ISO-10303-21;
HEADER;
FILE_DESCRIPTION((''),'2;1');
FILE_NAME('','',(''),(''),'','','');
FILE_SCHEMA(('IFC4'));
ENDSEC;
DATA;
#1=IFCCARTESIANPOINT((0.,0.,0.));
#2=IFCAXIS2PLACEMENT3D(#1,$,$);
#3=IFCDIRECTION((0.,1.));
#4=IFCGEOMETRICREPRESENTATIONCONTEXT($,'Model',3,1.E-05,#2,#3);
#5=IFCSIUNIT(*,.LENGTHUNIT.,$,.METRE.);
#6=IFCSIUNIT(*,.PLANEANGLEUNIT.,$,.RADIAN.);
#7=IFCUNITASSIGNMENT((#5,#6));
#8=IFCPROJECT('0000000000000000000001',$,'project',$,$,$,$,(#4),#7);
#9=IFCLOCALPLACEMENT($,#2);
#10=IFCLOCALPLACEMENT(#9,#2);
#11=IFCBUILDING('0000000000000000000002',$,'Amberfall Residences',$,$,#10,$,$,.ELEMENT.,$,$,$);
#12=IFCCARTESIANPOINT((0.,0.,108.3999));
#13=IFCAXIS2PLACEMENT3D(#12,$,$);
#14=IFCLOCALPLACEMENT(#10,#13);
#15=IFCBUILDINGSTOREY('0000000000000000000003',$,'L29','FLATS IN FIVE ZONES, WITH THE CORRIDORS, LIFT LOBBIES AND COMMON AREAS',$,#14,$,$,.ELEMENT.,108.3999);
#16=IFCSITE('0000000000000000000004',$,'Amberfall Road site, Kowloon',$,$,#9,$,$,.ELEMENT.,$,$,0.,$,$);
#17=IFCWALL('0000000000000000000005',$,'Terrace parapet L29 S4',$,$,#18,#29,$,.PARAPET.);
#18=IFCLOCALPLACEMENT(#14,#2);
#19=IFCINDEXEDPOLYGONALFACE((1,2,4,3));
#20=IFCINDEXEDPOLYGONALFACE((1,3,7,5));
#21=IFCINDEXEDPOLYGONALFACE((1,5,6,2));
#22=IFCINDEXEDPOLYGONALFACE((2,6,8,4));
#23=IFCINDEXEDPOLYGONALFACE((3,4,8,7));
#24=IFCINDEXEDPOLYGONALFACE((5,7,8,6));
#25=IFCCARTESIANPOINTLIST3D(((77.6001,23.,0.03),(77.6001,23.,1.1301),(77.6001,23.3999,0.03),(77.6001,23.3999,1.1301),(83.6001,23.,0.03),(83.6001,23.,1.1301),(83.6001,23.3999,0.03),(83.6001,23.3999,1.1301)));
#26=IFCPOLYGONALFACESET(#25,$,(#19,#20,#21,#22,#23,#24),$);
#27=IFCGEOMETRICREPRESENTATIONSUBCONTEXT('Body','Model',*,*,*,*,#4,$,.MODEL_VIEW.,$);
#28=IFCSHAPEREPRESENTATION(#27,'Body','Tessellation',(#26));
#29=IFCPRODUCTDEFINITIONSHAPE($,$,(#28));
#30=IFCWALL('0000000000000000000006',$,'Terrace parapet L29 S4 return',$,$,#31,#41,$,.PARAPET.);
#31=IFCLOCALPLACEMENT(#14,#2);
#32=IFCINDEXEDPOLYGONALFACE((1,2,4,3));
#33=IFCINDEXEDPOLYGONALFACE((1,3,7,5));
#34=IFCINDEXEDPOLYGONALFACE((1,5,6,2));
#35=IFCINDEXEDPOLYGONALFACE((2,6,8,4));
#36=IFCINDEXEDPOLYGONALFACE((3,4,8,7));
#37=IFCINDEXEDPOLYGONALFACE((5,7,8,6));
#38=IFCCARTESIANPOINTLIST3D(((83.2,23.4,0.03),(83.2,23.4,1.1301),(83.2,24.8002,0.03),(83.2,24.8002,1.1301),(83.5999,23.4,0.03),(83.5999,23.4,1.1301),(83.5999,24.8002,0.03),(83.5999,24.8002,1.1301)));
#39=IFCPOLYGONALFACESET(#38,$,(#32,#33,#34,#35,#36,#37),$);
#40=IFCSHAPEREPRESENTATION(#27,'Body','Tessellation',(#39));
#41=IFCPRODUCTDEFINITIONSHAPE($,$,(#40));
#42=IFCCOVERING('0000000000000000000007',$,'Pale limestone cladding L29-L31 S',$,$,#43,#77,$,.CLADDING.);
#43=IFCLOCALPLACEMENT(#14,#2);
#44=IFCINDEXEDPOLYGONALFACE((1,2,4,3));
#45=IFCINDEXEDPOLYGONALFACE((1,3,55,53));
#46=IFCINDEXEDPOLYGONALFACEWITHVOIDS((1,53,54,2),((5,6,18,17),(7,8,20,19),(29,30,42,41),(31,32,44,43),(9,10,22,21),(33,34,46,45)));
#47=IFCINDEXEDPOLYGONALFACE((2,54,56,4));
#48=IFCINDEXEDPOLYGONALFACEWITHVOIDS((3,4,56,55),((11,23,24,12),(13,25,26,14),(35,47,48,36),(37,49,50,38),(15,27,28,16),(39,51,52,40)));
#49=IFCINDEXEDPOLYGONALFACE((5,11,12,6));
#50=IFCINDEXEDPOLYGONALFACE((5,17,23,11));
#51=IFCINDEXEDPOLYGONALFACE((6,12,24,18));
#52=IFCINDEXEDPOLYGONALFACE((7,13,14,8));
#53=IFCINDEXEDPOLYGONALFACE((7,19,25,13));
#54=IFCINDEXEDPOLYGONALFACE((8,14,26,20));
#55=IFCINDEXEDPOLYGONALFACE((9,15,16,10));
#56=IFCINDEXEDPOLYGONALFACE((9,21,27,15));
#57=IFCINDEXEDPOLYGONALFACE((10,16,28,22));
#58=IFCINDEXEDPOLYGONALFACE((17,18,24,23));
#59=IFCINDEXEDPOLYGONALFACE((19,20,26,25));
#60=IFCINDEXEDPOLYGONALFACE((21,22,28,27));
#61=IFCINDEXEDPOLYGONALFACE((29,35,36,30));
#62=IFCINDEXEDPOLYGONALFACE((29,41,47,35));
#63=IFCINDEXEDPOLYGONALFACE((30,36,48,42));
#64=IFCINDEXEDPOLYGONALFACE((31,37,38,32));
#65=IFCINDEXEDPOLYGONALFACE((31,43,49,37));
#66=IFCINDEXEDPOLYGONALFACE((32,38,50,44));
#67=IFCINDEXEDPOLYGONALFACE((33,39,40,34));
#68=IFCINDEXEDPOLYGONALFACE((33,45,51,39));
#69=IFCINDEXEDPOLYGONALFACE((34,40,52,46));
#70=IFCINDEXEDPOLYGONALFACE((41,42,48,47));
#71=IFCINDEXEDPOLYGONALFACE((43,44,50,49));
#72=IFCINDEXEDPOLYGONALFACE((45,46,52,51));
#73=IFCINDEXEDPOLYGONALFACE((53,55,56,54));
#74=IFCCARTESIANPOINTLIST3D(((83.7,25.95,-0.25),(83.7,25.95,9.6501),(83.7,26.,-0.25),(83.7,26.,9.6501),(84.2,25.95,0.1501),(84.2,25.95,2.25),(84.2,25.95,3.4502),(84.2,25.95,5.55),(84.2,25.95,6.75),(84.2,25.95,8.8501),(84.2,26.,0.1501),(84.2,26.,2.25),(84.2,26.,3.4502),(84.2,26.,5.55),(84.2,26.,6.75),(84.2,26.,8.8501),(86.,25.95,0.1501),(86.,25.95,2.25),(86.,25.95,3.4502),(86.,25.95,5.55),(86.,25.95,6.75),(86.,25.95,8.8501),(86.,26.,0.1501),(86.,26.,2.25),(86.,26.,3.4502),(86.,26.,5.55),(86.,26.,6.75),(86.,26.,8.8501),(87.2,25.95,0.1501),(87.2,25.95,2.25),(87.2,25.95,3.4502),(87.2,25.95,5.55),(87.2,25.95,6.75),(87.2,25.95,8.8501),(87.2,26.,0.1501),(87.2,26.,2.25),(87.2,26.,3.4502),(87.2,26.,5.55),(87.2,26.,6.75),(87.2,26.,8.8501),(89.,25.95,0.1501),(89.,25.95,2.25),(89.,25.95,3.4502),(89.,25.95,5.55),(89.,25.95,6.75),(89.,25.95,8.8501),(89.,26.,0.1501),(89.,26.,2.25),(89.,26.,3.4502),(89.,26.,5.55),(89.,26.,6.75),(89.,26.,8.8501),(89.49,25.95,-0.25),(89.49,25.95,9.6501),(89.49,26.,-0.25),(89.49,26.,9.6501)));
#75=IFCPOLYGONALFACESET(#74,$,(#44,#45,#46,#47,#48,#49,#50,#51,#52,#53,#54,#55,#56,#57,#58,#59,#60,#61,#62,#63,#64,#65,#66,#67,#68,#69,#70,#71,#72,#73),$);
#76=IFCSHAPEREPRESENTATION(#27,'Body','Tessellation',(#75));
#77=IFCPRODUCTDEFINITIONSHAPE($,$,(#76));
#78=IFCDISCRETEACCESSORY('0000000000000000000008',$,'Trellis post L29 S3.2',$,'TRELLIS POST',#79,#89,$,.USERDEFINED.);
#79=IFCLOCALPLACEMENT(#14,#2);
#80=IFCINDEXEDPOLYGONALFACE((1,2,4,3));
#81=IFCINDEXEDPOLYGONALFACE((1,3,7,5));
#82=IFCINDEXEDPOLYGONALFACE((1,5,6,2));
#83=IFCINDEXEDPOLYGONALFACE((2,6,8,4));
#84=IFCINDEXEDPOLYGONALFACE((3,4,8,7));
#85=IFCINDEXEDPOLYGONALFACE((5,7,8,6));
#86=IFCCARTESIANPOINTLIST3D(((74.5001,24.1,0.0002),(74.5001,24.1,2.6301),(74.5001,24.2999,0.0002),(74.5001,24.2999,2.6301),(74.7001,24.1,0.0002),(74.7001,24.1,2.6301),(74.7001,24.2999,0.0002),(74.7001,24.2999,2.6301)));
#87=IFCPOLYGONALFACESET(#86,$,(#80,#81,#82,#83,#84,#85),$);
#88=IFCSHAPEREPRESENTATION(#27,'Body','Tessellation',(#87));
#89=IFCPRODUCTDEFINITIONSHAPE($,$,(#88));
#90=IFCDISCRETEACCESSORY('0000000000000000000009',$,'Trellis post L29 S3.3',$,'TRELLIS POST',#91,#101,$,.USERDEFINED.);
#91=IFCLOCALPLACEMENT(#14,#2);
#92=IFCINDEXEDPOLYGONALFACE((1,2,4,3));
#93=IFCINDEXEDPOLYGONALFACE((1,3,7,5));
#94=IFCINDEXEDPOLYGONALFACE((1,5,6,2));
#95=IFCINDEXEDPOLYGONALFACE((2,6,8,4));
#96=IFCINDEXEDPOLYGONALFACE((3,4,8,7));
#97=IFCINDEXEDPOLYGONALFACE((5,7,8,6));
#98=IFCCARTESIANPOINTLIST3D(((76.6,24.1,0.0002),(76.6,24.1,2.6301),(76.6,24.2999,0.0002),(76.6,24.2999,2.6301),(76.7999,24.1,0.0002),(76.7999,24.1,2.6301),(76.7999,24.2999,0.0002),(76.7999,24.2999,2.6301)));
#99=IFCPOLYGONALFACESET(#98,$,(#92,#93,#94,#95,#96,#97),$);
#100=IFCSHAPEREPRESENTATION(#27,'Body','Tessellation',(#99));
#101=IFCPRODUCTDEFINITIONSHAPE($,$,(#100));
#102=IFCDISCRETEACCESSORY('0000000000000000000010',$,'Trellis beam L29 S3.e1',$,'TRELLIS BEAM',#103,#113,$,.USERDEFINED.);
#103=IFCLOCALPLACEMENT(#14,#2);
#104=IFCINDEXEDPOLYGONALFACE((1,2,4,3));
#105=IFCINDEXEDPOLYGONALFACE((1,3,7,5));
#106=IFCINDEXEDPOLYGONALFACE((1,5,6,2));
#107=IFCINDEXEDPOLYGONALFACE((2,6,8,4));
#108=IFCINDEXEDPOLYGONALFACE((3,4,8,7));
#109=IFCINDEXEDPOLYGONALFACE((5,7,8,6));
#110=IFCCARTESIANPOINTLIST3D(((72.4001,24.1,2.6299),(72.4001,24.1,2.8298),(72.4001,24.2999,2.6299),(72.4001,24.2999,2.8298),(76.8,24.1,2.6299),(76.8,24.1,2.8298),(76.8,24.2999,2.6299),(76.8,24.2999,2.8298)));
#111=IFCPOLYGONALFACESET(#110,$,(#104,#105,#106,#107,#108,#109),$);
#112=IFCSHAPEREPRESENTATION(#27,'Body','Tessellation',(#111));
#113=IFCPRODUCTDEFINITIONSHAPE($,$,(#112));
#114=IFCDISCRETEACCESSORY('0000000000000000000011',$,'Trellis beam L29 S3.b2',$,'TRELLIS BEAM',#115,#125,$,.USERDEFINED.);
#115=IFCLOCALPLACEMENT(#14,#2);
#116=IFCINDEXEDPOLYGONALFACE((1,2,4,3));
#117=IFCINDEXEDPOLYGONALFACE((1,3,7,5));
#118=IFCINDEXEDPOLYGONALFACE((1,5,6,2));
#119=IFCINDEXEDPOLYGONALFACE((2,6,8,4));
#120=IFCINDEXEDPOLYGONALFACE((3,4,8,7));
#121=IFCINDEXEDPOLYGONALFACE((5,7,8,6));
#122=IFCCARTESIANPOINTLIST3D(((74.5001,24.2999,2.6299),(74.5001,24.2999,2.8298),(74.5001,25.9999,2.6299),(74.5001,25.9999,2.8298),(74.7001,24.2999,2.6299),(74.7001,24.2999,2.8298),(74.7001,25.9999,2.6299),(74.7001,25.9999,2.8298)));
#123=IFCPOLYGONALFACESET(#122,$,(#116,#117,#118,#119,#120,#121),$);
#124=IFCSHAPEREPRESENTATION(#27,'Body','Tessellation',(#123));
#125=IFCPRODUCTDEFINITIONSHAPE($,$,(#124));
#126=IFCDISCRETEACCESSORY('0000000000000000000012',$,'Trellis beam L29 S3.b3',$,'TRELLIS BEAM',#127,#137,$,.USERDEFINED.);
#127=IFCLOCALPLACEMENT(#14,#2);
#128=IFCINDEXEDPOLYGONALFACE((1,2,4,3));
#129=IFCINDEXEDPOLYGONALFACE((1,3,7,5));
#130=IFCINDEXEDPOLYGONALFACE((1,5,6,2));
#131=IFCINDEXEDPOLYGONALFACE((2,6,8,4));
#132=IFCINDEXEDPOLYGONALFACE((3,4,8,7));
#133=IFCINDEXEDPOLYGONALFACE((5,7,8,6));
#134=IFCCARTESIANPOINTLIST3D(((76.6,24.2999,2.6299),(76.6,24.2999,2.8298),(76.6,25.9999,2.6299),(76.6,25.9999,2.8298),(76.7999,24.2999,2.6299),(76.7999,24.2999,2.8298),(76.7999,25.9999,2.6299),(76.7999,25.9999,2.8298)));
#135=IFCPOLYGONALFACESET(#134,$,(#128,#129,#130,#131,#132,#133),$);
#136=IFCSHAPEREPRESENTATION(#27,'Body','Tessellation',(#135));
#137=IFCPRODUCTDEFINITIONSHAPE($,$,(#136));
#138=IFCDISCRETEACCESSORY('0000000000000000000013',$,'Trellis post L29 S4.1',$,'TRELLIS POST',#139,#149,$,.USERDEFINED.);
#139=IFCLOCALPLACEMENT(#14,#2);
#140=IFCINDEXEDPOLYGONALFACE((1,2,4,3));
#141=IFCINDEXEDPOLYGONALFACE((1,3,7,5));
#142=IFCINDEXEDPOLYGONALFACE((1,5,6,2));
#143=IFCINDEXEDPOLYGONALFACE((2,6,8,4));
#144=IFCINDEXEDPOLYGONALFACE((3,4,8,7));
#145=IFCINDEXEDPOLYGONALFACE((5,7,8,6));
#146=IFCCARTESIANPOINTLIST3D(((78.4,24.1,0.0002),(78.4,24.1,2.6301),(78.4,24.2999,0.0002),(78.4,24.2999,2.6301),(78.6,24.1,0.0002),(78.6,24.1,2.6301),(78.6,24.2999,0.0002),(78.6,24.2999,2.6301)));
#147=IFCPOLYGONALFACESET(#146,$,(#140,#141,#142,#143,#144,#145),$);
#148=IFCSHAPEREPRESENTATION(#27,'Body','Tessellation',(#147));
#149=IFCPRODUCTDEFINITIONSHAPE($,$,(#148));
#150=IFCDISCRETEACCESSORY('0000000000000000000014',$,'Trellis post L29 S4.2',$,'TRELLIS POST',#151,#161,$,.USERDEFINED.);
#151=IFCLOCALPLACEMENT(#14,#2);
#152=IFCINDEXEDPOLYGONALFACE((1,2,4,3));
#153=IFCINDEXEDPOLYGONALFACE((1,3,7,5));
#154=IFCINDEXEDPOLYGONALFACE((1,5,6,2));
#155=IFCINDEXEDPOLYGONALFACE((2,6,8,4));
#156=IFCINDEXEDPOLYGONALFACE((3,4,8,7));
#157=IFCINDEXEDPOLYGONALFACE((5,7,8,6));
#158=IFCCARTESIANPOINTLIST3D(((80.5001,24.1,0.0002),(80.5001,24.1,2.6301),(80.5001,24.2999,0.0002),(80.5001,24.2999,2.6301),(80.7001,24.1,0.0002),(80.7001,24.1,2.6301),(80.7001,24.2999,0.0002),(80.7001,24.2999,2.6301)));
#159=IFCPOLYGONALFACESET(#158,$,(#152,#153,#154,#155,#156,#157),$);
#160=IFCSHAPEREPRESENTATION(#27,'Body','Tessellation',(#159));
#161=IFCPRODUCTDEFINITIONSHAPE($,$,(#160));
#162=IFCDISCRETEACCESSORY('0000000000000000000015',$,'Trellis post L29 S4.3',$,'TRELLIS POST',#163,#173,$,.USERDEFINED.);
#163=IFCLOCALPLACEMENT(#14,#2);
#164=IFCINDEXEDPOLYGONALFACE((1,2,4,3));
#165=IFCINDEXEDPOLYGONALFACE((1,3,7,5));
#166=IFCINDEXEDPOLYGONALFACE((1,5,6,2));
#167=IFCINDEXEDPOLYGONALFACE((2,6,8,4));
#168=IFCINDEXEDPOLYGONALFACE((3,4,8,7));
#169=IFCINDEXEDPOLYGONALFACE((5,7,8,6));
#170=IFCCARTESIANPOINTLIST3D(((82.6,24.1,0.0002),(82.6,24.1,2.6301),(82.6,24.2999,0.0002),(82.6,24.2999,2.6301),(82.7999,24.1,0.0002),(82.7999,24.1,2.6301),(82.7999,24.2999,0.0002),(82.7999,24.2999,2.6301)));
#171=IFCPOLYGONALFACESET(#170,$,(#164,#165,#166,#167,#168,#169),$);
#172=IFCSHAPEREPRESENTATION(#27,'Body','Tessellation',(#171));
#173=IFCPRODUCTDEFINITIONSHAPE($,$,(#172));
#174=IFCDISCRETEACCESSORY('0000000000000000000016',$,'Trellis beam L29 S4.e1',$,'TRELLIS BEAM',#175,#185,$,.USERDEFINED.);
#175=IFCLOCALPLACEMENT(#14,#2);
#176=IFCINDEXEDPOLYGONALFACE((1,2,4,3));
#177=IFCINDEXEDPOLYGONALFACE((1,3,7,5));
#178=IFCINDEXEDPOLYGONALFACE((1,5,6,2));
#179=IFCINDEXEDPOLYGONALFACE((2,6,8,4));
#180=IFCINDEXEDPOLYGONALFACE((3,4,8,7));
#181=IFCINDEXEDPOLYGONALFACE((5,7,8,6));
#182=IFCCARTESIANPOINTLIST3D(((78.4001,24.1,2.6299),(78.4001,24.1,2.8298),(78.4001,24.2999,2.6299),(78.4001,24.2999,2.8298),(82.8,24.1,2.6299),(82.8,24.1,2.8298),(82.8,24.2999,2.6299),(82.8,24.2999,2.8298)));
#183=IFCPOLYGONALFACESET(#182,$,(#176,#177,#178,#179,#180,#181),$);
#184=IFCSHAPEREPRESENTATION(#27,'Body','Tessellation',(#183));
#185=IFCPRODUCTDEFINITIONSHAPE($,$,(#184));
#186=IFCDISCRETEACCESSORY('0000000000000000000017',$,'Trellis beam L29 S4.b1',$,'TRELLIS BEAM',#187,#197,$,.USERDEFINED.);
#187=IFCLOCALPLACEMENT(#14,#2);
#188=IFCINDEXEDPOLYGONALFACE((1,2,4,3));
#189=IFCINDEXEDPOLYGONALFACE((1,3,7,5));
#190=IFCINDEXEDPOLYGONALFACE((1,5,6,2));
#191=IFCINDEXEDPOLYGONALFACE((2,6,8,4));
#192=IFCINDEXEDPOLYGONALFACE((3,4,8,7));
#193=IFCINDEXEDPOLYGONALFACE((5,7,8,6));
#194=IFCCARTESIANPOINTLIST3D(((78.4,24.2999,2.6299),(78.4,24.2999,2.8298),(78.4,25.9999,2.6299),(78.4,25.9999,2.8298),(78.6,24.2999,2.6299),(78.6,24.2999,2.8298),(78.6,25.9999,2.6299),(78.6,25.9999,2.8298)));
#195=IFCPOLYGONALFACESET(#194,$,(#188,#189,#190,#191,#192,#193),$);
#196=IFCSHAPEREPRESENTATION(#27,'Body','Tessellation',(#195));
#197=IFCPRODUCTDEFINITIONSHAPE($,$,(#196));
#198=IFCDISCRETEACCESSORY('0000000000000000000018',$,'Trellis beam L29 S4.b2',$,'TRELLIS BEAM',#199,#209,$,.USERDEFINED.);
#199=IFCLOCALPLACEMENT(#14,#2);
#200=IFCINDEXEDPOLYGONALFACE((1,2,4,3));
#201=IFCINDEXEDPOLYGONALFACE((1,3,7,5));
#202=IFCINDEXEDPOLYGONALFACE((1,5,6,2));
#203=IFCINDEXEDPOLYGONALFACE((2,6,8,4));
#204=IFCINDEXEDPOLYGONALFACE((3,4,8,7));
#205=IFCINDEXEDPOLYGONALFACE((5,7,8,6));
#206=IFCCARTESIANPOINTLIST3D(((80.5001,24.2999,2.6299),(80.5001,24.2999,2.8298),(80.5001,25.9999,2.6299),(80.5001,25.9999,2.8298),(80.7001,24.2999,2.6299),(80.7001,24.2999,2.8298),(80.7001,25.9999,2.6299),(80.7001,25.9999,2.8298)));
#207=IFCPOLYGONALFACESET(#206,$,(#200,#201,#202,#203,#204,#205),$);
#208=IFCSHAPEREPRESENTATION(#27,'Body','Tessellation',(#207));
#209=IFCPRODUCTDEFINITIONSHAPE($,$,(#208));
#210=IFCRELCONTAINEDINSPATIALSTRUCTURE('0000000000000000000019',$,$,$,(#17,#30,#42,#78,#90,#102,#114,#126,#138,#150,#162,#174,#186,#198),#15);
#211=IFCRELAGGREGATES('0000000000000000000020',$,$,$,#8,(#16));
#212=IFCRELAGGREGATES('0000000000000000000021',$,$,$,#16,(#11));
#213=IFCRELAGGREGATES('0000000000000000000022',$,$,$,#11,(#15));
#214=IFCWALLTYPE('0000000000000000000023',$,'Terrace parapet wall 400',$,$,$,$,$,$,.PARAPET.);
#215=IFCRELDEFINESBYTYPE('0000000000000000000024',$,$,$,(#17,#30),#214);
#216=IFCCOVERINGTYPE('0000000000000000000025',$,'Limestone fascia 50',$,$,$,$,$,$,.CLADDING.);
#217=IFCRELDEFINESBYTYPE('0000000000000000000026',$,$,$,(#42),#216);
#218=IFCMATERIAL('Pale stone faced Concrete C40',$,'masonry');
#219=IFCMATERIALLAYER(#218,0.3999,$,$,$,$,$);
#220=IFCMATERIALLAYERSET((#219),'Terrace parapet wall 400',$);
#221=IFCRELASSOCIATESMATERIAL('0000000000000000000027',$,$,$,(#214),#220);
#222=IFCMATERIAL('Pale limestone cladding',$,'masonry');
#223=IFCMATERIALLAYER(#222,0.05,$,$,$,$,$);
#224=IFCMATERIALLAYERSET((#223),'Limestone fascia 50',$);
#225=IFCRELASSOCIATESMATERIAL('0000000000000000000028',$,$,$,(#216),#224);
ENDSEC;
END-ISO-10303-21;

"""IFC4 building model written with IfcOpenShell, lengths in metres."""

from ifc_helpers import new_model, si_unit, direction, frame, frame_2d, origin, origin_2d, place, context, subcontext, project, spatial, polyline, rectangle, outline, extrude, material, layer, layer_set, type_object, element, save


model = new_model("IFC4")

# Units and contexts
model_context = context("Model", 3, precision=1e-05, world=origin(), true_north=direction((0.0, 1.0)))
body_context = subcontext(model_context, "Body", "Model", "MODEL_VIEW")
ifc_project = project(units=[si_unit("LENGTHUNIT", "METRE"), si_unit("PLANEANGLEUNIT", "RADIAN")], contexts=[model_context])

# Site, building, storey
site_placement = place(None, origin())
site = spatial("IfcSite", under=ifc_project, at=site_placement, Name="Amberfall Road site, Kowloon", CompositionType="ELEMENT", RefElevation=0.0)
building_placement = place(site_placement, origin())
building = spatial("IfcBuilding", under=site, at=building_placement, Name="Amberfall Residences", CompositionType="ELEMENT")
storey_placement = place(building_placement, frame((0.0, 0.0, 108.3999)))
storey = spatial("IfcBuildingStorey", under=building, at=storey_placement, Name="L29", Description="FLATS IN FIVE ZONES, WITH THE CORRIDORS, LIFT LOBBIES AND COMMON AREAS", CompositionType="ELEMENT", Elevation=108.3999)

# Walls
ifc_material_1 = material(Name="Pale stone faced Concrete C40", Category="masonry")
ifc_layer_1 = layer(ifc_material_1, 0.3999)
ifc_layer_set_1 = layer_set([ifc_layer_1], Name="Terrace parapet wall 400")
wall_type_1 = type_object("IfcWallType", Name="Terrace parapet wall 400", PredefinedType="PARAPET", material=ifc_layer_set_1)
wall_1_placement = place(storey_placement, frame((77.6001, 23.2, 0.03), z_axis=(0.0, 0.0, 1.0), x_axis=(1.0, 0.0, 0.0)))
element("IfcWall", 1, at=wall_1_placement, inside=storey, type_object=wall_type_1, Name="Terrace parapet L29 S4", PredefinedType="PARAPET", context=body_context, shape_type="SweptSolid", body=[
    extrude(rectangle(XDim=6.0, YDim=0.3999, at=frame_2d((3.0, 0.0))), origin(), (0.0, 0.0, 1.0), 1.1001),
])
wall_2_placement = place(storey_placement, frame((83.3999, 23.3999, 0.03), z_axis=(0.0, 0.0, 1.0), x_axis=(0.0, 1.0, 0.0)))
element("IfcWall", 2, at=wall_2_placement, inside=storey, type_object=wall_type_1, Name="Terrace parapet L29 S4 return", PredefinedType="PARAPET", context=body_context, shape_type="SweptSolid", body=[
    extrude(rectangle(XDim=1.4001, YDim=0.3999, at=frame_2d((0.7002, 0.0))), origin(), (0.0, 0.0, 1.0), 1.1001),
])

# Covering
ifc_material_2 = material(Name="Pale limestone cladding", Category="masonry")
ifc_layer_2 = layer(ifc_material_2, 0.05)
ifc_layer_set_2 = layer_set([ifc_layer_2], Name="Limestone fascia 50")
covering_type = type_object("IfcCoveringType", Name="Limestone fascia 50", PredefinedType="CLADDING", material=ifc_layer_set_2)
covering_placement = place(storey_placement, frame((83.7, 26.0, 9.6501), z_axis=(0.0, 1.0, 0.0), x_axis=(1.0, 0.0, 0.0)))
element("IfcCovering", 3, at=covering_placement, inside=storey, type_object=covering_type, Name="Pale limestone cladding L29-L31 S", PredefinedType="CLADDING", context=body_context, shape_type="SweptSolid", body=[
    extrude(outline(polyline([(0.0, 0.0), (5.79, 0.0), (5.79, 9.9001), (0.0, 9.9001), (0.0, 0.0)]), holes=[polyline([(0.5, 7.4001), (2.3, 7.4001), (2.3, 9.5), (0.5, 9.5), (0.5, 7.4001)]), polyline([(3.5, 7.4001), (5.3, 7.4001), (5.3, 9.5), (3.5, 9.5), (3.5, 7.4001)]), polyline([(0.5, 4.1001), (2.3, 4.1001), (2.3, 6.2), (0.5, 6.2), (0.5, 4.1001)]), polyline([(3.5, 4.1001), (5.3, 4.1001), (5.3, 6.2), (3.5, 6.2), (3.5, 4.1001)]), polyline([(0.5, 0.8), (2.3, 0.8), (2.3, 2.9001), (0.5, 2.9001), (0.5, 0.8)]), polyline([(3.5, 0.8), (5.3, 0.8), (5.3, 2.9001), (3.5, 2.9001), (3.5, 0.8)])]), origin(), (0.0, 0.0, -1.0), 0.05),
])

# Discrete accessories
for number, where, z_axis, x_axis, name in (
    (4, (74.6001, 24.2, 0.0002), (0.0, 0.0, 1.0), (1.0, 0.0, 0.0), "Trellis post L29 S3.2"),
    (5, (76.7, 24.2, 0.0002), (0.0, 0.0, 1.0), (1.0, 0.0, 0.0), "Trellis post L29 S3.3"),
):
    element("IfcDiscreteAccessory", number, at=place(storey_placement, frame(where, z_axis=z_axis, x_axis=x_axis)), inside=storey, Name=name, ObjectType="TRELLIS POST", PredefinedType="USERDEFINED", context=body_context, shape_type="SweptSolid", body=[
        extrude(rectangle(XDim=0.2, YDim=0.2, at=origin_2d()), origin(), (0.0, 0.0, 1.0), 2.6299),
    ])
discrete_accessory_1_placement = place(storey_placement, frame((74.6001, 24.2, 2.6299), z_axis=(0.0, 0.0, 1.0), x_axis=(1.0, 0.0, 0.0)))
element("IfcDiscreteAccessory", 6, at=discrete_accessory_1_placement, inside=storey, Name="Trellis beam L29 S3.e1", ObjectType="TRELLIS BEAM", PredefinedType="USERDEFINED", context=body_context, shape_type="SweptSolid", body=[
    extrude(rectangle(XDim=4.3999, YDim=0.2, at=origin_2d()), origin(), (0.0, 0.0, 1.0), 0.2),
])
for number, where, z_axis, x_axis, name in (
    (7, (74.6001, 25.1499, 2.6299), (0.0, 0.0, 1.0), (0.0, 1.0, 0.0), "Trellis beam L29 S3.b2"),
    (8, (76.7, 25.1499, 2.6299), (0.0, 0.0, 1.0), (0.0, 1.0, 0.0), "Trellis beam L29 S3.b3"),
):
    element("IfcDiscreteAccessory", number, at=place(storey_placement, frame(where, z_axis=z_axis, x_axis=x_axis)), inside=storey, Name=name, ObjectType="TRELLIS BEAM", PredefinedType="USERDEFINED", context=body_context, shape_type="SweptSolid", body=[
        extrude(rectangle(XDim=1.7, YDim=0.2, at=origin_2d()), origin(), (0.0, 0.0, 1.0), 0.2),
    ])
for number, where, z_axis, x_axis, name in (
    (9, (78.5, 24.2, 0.0002), (0.0, 0.0, 1.0), (1.0, 0.0, 0.0), "Trellis post L29 S4.1"),
    (10, (80.6001, 24.2, 0.0002), (0.0, 0.0, 1.0), (1.0, 0.0, 0.0), "Trellis post L29 S4.2"),
    (11, (82.7, 24.2, 0.0002), (0.0, 0.0, 1.0), (1.0, 0.0, 0.0), "Trellis post L29 S4.3"),
):
    element("IfcDiscreteAccessory", number, at=place(storey_placement, frame(where, z_axis=z_axis, x_axis=x_axis)), inside=storey, Name=name, ObjectType="TRELLIS POST", PredefinedType="USERDEFINED", context=body_context, shape_type="SweptSolid", body=[
        extrude(rectangle(XDim=0.2, YDim=0.2, at=origin_2d()), origin(), (0.0, 0.0, 1.0), 2.6299),
    ])
discrete_accessory_2_placement = place(storey_placement, frame((80.6001, 24.2, 2.6299), z_axis=(0.0, 0.0, 1.0), x_axis=(1.0, 0.0, 0.0)))
element("IfcDiscreteAccessory", 12, at=discrete_accessory_2_placement, inside=storey, Name="Trellis beam L29 S4.e1", ObjectType="TRELLIS BEAM", PredefinedType="USERDEFINED", context=body_context, shape_type="SweptSolid", body=[
    extrude(rectangle(XDim=4.3999, YDim=0.2, at=origin_2d()), origin(), (0.0, 0.0, 1.0), 0.2),
])
for number, where, z_axis, x_axis, name in (
    (13, (78.5, 25.1499, 2.6299), (0.0, 0.0, 1.0), (0.0, 1.0, 0.0), "Trellis beam L29 S4.b1"),
    (14, (80.6001, 25.1499, 2.6299), (0.0, 0.0, 1.0), (0.0, 1.0, 0.0), "Trellis beam L29 S4.b2"),
):
    element("IfcDiscreteAccessory", number, at=place(storey_placement, frame(where, z_axis=z_axis, x_axis=x_axis)), inside=storey, Name=name, ObjectType="TRELLIS BEAM", PredefinedType="USERDEFINED", context=body_context, shape_type="SweptSolid", body=[
        extrude(rectangle(XDim=1.7, YDim=0.2, at=origin_2d()), origin(), (0.0, 0.0, 1.0), 0.2),
    ])

save(model, "model.ifc")
